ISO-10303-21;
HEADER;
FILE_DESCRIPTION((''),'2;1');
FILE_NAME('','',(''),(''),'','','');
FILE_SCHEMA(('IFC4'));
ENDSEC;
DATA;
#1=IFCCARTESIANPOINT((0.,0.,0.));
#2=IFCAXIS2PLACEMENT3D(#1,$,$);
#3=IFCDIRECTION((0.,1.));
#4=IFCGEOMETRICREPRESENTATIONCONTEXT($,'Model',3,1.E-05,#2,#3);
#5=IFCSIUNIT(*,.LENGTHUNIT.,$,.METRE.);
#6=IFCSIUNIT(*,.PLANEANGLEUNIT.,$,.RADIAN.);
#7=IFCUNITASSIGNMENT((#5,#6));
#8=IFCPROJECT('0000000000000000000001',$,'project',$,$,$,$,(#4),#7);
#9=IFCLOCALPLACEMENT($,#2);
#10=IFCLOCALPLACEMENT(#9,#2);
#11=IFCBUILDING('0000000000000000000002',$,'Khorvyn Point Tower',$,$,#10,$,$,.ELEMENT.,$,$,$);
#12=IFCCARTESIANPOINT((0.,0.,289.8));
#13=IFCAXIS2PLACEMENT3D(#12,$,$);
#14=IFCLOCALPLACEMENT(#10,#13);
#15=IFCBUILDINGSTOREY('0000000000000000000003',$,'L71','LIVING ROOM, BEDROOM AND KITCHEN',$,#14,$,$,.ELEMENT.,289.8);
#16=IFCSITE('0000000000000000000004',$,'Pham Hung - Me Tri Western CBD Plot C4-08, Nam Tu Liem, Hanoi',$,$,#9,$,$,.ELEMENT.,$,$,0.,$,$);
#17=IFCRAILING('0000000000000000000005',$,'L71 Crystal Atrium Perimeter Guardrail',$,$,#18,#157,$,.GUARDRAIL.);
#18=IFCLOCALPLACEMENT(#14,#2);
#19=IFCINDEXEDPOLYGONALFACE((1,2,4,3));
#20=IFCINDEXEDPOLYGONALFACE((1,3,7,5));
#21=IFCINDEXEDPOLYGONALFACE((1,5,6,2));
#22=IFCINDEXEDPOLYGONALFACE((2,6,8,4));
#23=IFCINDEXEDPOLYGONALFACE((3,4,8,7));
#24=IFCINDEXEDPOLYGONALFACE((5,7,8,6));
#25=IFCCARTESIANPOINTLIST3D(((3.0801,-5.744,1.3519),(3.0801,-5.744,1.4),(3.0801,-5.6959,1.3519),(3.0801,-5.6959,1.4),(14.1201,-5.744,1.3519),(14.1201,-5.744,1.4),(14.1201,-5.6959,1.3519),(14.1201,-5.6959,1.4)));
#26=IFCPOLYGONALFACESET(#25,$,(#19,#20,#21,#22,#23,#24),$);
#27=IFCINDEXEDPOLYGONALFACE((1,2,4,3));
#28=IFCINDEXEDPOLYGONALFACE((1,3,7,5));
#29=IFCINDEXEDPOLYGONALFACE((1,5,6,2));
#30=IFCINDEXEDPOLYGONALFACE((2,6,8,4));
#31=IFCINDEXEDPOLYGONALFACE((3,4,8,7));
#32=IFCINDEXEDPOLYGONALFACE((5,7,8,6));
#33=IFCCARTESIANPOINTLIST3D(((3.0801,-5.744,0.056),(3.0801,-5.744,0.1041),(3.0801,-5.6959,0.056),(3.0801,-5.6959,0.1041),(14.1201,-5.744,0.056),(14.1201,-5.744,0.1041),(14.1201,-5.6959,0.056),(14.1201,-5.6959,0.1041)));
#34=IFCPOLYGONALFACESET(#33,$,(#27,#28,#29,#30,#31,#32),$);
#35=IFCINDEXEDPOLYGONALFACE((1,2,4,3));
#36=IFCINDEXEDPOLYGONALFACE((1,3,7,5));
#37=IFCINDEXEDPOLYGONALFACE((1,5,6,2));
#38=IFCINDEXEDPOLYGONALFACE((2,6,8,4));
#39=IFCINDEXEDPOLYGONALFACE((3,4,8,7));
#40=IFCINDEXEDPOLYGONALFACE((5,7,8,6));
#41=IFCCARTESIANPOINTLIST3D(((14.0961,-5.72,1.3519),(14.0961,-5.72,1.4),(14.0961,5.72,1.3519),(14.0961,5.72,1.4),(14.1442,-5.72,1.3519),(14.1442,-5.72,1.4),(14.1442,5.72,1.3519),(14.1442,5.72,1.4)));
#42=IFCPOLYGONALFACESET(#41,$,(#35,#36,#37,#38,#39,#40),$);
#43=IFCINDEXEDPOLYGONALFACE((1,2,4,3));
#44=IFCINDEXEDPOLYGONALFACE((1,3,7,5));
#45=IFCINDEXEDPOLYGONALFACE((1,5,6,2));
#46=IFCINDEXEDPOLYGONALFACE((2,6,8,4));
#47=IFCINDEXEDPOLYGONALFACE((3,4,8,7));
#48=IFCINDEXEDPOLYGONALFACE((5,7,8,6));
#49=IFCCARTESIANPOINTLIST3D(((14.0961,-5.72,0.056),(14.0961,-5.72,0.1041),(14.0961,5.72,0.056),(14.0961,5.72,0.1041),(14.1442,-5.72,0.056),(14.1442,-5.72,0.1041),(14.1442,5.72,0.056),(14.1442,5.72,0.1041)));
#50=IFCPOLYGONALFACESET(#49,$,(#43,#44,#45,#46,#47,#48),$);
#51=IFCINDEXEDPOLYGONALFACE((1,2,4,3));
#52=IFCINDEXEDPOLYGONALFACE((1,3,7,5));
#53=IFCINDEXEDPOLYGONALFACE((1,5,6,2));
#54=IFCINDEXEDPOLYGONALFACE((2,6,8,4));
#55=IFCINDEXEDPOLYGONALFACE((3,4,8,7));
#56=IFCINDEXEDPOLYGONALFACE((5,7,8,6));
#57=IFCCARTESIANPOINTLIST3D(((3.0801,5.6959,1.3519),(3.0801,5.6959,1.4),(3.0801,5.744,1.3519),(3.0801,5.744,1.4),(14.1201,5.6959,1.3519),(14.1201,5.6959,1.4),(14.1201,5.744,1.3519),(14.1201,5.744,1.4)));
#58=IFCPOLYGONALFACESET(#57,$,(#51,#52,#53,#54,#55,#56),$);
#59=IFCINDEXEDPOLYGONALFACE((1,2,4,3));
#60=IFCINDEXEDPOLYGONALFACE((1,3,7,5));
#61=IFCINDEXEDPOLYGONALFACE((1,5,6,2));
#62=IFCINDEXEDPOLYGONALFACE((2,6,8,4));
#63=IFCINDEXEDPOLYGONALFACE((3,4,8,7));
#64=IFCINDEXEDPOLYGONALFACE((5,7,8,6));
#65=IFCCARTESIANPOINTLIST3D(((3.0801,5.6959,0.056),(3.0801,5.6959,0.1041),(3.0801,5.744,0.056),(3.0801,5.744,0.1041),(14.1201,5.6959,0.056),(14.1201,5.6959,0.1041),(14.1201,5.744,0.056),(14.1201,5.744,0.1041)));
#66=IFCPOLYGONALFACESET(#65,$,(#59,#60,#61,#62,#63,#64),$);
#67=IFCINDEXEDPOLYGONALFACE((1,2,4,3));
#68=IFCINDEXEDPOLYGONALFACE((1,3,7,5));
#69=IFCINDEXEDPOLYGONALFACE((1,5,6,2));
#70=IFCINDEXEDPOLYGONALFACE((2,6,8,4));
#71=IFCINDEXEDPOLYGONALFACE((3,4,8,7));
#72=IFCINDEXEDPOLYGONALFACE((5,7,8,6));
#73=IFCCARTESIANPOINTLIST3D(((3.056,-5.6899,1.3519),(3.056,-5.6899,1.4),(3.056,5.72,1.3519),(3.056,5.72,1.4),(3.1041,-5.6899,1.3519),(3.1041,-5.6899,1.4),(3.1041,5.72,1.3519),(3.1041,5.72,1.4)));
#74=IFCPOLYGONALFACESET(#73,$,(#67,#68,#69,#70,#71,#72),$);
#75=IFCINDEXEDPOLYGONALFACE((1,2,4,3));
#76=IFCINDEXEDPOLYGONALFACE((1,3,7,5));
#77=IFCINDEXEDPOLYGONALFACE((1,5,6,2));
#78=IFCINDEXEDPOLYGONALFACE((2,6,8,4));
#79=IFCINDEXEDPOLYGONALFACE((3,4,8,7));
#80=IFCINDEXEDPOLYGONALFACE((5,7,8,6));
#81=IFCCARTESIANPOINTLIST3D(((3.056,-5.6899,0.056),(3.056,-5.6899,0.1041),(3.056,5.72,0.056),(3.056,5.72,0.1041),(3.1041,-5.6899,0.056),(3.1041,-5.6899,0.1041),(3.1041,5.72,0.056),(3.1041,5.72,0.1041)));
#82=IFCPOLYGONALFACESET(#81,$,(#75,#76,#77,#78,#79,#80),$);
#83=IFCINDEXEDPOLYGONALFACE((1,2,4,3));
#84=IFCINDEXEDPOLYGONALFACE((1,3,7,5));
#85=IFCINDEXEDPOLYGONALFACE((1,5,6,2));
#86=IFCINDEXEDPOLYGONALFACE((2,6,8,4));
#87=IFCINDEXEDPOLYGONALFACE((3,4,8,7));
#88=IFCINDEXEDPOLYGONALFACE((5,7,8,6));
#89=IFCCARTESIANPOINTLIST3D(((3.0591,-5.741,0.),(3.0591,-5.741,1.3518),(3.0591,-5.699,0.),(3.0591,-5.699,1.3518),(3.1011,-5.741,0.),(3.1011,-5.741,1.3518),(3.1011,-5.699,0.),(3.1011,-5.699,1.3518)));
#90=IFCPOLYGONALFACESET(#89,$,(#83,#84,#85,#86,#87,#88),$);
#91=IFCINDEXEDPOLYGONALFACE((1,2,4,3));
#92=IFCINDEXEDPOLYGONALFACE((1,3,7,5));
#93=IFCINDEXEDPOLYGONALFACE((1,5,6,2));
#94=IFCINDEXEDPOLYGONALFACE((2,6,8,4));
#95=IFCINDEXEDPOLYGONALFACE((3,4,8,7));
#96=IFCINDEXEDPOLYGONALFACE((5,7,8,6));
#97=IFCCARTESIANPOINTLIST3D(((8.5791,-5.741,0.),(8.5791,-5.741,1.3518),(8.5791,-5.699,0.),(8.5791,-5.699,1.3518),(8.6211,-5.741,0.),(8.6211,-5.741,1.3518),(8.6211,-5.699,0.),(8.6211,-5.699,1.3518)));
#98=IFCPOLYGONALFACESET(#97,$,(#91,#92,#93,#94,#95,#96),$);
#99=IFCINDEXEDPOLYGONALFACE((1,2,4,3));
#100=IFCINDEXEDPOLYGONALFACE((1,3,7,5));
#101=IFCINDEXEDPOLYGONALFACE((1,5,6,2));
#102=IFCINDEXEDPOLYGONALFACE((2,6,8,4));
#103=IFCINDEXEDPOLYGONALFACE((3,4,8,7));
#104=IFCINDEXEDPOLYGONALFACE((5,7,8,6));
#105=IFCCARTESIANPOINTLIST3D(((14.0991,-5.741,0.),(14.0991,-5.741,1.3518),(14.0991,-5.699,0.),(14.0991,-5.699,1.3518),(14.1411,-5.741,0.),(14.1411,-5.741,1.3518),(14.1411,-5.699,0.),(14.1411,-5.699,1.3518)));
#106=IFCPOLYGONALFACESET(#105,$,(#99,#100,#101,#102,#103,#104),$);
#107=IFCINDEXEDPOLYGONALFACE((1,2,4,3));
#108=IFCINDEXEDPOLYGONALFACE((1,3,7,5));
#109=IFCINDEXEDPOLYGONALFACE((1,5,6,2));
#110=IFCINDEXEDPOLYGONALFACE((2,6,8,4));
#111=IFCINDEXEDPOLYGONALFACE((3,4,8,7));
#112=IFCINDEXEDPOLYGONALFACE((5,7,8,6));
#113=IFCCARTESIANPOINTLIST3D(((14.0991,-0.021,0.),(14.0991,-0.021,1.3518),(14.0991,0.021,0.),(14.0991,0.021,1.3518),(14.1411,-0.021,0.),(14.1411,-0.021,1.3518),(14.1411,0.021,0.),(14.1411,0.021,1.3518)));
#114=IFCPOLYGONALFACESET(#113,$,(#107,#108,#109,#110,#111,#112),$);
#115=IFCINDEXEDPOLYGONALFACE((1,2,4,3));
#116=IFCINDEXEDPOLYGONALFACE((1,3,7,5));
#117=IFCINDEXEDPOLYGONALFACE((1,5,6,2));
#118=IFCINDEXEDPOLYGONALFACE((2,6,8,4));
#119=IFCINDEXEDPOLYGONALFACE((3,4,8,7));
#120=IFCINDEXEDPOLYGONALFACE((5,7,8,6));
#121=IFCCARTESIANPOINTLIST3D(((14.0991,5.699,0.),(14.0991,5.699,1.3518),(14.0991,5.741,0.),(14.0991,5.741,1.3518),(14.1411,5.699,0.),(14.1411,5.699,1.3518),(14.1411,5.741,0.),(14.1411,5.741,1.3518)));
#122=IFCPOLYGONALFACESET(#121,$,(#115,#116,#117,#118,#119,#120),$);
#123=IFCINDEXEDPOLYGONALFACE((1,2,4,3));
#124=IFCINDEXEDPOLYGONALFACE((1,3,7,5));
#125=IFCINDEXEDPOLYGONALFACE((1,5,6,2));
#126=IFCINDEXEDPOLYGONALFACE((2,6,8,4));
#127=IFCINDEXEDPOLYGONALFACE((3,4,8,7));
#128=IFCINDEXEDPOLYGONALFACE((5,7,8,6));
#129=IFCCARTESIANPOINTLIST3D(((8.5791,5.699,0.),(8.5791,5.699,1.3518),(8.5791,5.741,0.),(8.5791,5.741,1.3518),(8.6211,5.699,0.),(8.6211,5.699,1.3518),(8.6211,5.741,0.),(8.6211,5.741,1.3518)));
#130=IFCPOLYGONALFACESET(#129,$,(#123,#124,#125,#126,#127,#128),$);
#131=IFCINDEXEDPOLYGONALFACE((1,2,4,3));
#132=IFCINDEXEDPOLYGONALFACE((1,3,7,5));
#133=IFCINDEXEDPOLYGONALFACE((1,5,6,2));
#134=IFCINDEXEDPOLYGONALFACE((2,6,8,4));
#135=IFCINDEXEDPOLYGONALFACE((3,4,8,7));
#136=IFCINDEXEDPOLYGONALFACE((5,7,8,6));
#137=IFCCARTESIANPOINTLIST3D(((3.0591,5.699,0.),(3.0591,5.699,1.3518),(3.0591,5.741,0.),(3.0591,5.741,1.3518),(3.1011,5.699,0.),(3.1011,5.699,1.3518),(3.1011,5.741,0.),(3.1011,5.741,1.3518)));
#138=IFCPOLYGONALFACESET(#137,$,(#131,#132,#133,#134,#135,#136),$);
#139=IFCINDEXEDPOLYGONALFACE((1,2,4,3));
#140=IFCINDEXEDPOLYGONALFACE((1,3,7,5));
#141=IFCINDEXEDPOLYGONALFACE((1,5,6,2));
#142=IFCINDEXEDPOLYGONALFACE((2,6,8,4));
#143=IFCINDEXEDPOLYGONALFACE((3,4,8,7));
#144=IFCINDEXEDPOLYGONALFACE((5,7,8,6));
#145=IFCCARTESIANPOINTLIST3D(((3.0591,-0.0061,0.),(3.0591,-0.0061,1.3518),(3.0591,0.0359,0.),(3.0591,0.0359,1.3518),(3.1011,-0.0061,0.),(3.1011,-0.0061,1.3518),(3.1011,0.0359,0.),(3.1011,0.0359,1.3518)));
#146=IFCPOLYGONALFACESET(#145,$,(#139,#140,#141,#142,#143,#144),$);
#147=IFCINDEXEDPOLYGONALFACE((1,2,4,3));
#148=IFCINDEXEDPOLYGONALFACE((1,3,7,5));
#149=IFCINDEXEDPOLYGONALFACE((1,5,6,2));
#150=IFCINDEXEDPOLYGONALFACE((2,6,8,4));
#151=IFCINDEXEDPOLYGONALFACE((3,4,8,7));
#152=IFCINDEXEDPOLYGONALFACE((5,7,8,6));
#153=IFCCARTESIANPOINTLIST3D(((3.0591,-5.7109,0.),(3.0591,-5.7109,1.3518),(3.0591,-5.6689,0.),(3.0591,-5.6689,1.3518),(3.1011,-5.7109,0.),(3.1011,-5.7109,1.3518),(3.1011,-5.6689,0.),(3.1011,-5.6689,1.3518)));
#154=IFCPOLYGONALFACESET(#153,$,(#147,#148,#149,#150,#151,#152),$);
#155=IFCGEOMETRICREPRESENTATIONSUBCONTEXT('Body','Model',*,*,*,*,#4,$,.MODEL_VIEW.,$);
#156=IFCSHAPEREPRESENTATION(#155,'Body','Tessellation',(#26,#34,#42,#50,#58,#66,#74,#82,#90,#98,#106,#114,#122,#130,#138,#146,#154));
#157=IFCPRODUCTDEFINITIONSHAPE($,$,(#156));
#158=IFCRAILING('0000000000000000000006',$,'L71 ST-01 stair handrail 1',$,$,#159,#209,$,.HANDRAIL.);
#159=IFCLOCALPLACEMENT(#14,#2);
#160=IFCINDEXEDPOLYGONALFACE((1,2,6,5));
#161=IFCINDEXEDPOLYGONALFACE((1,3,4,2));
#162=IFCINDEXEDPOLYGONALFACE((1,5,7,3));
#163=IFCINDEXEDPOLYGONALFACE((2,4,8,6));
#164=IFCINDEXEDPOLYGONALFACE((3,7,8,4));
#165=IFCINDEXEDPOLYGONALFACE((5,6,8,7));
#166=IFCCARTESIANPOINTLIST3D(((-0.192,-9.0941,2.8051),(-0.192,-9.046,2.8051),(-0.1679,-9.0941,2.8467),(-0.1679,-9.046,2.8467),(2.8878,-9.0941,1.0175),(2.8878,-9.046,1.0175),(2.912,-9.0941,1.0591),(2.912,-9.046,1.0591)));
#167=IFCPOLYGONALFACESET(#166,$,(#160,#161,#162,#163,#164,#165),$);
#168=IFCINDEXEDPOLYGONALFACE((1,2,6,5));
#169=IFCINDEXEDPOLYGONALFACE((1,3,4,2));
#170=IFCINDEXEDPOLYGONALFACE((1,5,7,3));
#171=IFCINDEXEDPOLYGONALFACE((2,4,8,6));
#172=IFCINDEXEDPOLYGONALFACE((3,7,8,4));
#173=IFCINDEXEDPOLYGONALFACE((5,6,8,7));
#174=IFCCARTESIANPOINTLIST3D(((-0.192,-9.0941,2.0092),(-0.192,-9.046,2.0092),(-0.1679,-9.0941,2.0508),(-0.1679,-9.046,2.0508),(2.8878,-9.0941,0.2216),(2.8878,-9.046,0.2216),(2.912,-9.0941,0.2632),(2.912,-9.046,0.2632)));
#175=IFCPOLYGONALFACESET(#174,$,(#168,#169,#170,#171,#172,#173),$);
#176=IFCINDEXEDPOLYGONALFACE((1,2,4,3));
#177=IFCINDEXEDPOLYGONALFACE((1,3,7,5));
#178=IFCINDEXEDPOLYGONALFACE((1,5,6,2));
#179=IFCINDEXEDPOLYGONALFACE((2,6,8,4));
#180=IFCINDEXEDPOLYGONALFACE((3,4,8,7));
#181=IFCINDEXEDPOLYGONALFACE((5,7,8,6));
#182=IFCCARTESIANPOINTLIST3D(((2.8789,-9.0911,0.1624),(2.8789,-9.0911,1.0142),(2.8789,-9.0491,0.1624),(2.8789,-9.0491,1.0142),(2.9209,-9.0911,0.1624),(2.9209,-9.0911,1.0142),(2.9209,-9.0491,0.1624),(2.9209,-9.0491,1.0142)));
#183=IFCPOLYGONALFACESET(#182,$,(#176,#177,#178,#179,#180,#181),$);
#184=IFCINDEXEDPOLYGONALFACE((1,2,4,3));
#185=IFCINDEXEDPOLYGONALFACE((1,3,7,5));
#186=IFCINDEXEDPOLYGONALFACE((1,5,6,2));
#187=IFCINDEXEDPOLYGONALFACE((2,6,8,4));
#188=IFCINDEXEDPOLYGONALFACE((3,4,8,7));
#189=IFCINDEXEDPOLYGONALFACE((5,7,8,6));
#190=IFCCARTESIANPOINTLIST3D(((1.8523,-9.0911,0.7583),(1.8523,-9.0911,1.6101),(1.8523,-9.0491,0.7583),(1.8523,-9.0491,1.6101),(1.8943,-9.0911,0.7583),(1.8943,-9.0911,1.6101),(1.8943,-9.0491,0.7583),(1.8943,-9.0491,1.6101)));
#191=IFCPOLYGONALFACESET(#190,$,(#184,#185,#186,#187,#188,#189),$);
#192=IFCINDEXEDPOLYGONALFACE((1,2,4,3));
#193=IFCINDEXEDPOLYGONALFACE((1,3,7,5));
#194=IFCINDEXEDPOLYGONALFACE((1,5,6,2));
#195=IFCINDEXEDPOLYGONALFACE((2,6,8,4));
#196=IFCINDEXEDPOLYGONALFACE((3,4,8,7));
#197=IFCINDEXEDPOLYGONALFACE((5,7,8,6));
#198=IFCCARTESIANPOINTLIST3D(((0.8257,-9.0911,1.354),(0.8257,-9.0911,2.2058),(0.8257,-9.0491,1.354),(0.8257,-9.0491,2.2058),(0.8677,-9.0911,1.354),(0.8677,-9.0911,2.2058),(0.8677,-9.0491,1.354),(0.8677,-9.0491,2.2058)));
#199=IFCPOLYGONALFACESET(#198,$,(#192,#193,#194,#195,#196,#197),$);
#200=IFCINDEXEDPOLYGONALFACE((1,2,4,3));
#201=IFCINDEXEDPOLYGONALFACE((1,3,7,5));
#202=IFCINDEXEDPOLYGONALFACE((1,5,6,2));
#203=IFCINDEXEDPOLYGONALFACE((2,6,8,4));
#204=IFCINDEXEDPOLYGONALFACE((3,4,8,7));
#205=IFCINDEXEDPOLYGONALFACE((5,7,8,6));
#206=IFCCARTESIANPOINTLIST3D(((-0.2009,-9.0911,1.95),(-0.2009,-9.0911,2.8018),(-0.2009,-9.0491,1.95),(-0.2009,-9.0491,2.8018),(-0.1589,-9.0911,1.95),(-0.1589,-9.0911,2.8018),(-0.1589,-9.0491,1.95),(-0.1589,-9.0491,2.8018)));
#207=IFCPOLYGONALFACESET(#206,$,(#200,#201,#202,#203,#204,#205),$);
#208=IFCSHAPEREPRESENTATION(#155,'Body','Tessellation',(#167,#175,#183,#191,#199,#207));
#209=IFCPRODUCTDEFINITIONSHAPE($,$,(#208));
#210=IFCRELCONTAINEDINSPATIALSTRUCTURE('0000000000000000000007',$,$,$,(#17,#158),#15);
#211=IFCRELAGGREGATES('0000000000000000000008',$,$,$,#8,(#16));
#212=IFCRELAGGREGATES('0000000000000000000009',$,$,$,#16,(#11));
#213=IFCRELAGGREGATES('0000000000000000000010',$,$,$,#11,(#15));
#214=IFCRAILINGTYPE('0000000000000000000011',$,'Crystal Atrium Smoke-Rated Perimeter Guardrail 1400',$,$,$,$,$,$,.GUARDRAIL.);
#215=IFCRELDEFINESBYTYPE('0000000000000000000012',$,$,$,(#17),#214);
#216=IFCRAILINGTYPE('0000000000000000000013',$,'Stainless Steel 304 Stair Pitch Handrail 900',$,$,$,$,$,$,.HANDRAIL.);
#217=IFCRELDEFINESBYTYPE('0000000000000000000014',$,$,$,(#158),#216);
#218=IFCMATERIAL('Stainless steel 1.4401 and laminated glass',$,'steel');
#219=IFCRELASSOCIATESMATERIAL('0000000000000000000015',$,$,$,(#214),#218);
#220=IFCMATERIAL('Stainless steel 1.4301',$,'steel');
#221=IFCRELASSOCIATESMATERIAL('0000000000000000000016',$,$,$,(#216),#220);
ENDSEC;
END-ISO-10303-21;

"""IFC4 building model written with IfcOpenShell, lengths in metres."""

from ifc_helpers import new_model, si_unit, direction, frame, origin, origin_2d, place, context, subcontext, project, spatial, rectangle, extrude, material, type_object, element, save


model = new_model("IFC4")

# Units and contexts
model_context = context("Model", 3, precision=1e-05, world=origin(), true_north=direction((0.0, 1.0)))
body_context = subcontext(model_context, "Body", "Model", "MODEL_VIEW")
ifc_project = project(units=[si_unit("LENGTHUNIT", "METRE"), si_unit("PLANEANGLEUNIT", "RADIAN")], contexts=[model_context])

# Site, building, storey
site_placement = place(None, origin())
site = spatial("IfcSite", under=ifc_project, at=site_placement, Name="Pham Hung - Me Tri Western CBD Plot C4-08, Nam Tu Liem, Hanoi", CompositionType="ELEMENT", RefElevation=0.0)
building_placement = place(site_placement, origin())
building = spatial("IfcBuilding", under=site, at=building_placement, Name="Khorvyn Point Tower", CompositionType="ELEMENT")
storey_placement = place(building_placement, frame((0.0, 0.0, 289.8)))
storey = spatial("IfcBuildingStorey", under=building, at=storey_placement, Name="L71", Description="LIVING ROOM, BEDROOM AND KITCHEN", CompositionType="ELEMENT", Elevation=289.8)

# Shared definitions
ifc_material_1 = material(Name="Stainless steel 1.4301", Category="steel")

# Railings
ifc_material_2 = material(Name="Stainless steel 1.4401 and laminated glass", Category="steel")
railing_type_1 = type_object("IfcRailingType", Name="Crystal Atrium Smoke-Rated Perimeter Guardrail 1400", PredefinedType="GUARDRAIL", material=ifc_material_2)
railing_1_placement = place(storey_placement, frame((3.0801, -5.72, 0.0)))
element("IfcRailing", 1, at=railing_1_placement, inside=storey, type_object=railing_type_1, Name="L71 Crystal Atrium Perimeter Guardrail", PredefinedType="GUARDRAIL", context=body_context, shape_type="SweptSolid", body=[
    extrude(rectangle(XDim=0.0481, YDim=0.0481, at=origin_2d()), frame((0.0, 0.0, 1.376), z_axis=(1.0, 0.0, 0.0), x_axis=(0.0, 1.0, 0.0)), (0.0, 0.0, 1.0), 11.04),
    extrude(rectangle(XDim=0.0481, YDim=0.0481, at=origin_2d()), frame((0.0, 0.0, 0.0801), z_axis=(1.0, 0.0, 0.0), x_axis=(0.0, 1.0, 0.0)), (0.0, 0.0, 1.0), 11.04),
    extrude(rectangle(XDim=0.0481, YDim=0.0481, at=origin_2d()), frame((11.04, 0.0, 1.376), z_axis=(0.0, 1.0, 0.0), x_axis=(-1.0, 0.0, 0.0)), (0.0, 0.0, 1.0), 11.4399),
    extrude(rectangle(XDim=0.0481, YDim=0.0481, at=origin_2d()), frame((11.04, 0.0, 0.0801), z_axis=(0.0, 1.0, 0.0), x_axis=(-1.0, 0.0, 0.0)), (0.0, 0.0, 1.0), 11.4399),
    extrude(rectangle(XDim=0.0481, YDim=0.0481, at=origin_2d()), frame((11.04, 11.4399, 1.376), z_axis=(-1.0, 0.0, 0.0), x_axis=(0.0, -1.0, 0.0)), (0.0, 0.0, 1.0), 11.04),
    extrude(rectangle(XDim=0.0481, YDim=0.0481, at=origin_2d()), frame((11.04, 11.4399, 0.0801), z_axis=(-1.0, 0.0, 0.0), x_axis=(0.0, -1.0, 0.0)), (0.0, 0.0, 1.0), 11.04),
    extrude(rectangle(XDim=0.0481, YDim=0.0481, at=origin_2d()), frame((0.0, 11.4399, 1.376), z_axis=(0.0, -1.0, 0.0), x_axis=(1.0, 0.0, 0.0)), (0.0, 0.0, 1.0), 11.4099),
    extrude(rectangle(XDim=0.0481, YDim=0.0481, at=origin_2d()), frame((0.0, 11.4399, 0.0801), z_axis=(0.0, -1.0, 0.0), x_axis=(1.0, 0.0, 0.0)), (0.0, 0.0, 1.0), 11.4099),
    extrude(rectangle(XDim=0.042, YDim=0.042, at=origin_2d()), origin(), (0.0, 0.0, 1.0), 1.3518),
    extrude(rectangle(XDim=0.042, YDim=0.042, at=origin_2d()), frame((5.52, 0.0, 0.0)), (0.0, 0.0, 1.0), 1.3518),
    extrude(rectangle(XDim=0.042, YDim=0.042, at=origin_2d()), frame((11.04, 0.0, 0.0)), (0.0, 0.0, 1.0), 1.3518),
    extrude(rectangle(XDim=0.042, YDim=0.042, at=origin_2d()), frame((11.04, 5.72, 0.0)), (0.0, 0.0, 1.0), 1.3518),
    extrude(rectangle(XDim=0.042, YDim=0.042, at=origin_2d()), frame((11.04, 11.4399, 0.0)), (0.0, 0.0, 1.0), 1.3518),
    extrude(rectangle(XDim=0.042, YDim=0.042, at=origin_2d()), frame((5.52, 11.4399, 0.0)), (0.0, 0.0, 1.0), 1.3518),
    extrude(rectangle(XDim=0.042, YDim=0.042, at=origin_2d()), frame((0.0, 11.4399, 0.0)), (0.0, 0.0, 1.0), 1.3518),
    extrude(rectangle(XDim=0.042, YDim=0.042, at=origin_2d()), frame((0.0, 5.7349, 0.0)), (0.0, 0.0, 1.0), 1.3518),
    extrude(rectangle(XDim=0.042, YDim=0.042, at=origin_2d()), frame((0.0, 0.03, 0.0)), (0.0, 0.0, 1.0), 1.3518),
])
railing_type_2 = type_object("IfcRailingType", Name="Stainless Steel 304 Stair Pitch Handrail 900", PredefinedType="HANDRAIL", material=ifc_material_1)
railing_2_placement = place(storey_placement, frame((2.8999, -9.0701, 0.1624)))
element("IfcRailing", 2, at=railing_2_placement, inside=storey, type_object=railing_type_2, Name="L71 ST-01 stair handrail 1", PredefinedType="HANDRAIL", context=body_context, shape_type="SweptSolid", body=[
    extrude(rectangle(XDim=0.0481, YDim=0.0481, at=origin_2d()), frame((0.0, 0.0, 0.876), z_axis=(-0.864873, 0.0, 0.50199), x_axis=(0.0, -1.0, 0.0)), (0.0, 0.0, 1.0), 3.561),
    extrude(rectangle(XDim=0.0481, YDim=0.0481, at=origin_2d()), frame((0.0, 0.0, 0.0801), z_axis=(-0.864873, 0.0, 0.50199), x_axis=(0.0, -1.0, 0.0)), (0.0, 0.0, 1.0), 3.561),
    extrude(rectangle(XDim=0.042, YDim=0.042, at=origin_2d()), origin(), (0.0, 0.0, 1.0), 0.8518),
    extrude(rectangle(XDim=0.042, YDim=0.042, at=origin_2d()), frame((-1.0266, 0.0, 0.5959)), (0.0, 0.0, 1.0), 0.8518),
    extrude(rectangle(XDim=0.042, YDim=0.042, at=origin_2d()), frame((-2.0532, 0.0, 1.1917)), (0.0, 0.0, 1.0), 0.8518),
    extrude(rectangle(XDim=0.042, YDim=0.042, at=origin_2d()), frame((-3.0798, 0.0, 1.7876)), (0.0, 0.0, 1.0), 0.8518),
])

save(model, "model.ifc")
